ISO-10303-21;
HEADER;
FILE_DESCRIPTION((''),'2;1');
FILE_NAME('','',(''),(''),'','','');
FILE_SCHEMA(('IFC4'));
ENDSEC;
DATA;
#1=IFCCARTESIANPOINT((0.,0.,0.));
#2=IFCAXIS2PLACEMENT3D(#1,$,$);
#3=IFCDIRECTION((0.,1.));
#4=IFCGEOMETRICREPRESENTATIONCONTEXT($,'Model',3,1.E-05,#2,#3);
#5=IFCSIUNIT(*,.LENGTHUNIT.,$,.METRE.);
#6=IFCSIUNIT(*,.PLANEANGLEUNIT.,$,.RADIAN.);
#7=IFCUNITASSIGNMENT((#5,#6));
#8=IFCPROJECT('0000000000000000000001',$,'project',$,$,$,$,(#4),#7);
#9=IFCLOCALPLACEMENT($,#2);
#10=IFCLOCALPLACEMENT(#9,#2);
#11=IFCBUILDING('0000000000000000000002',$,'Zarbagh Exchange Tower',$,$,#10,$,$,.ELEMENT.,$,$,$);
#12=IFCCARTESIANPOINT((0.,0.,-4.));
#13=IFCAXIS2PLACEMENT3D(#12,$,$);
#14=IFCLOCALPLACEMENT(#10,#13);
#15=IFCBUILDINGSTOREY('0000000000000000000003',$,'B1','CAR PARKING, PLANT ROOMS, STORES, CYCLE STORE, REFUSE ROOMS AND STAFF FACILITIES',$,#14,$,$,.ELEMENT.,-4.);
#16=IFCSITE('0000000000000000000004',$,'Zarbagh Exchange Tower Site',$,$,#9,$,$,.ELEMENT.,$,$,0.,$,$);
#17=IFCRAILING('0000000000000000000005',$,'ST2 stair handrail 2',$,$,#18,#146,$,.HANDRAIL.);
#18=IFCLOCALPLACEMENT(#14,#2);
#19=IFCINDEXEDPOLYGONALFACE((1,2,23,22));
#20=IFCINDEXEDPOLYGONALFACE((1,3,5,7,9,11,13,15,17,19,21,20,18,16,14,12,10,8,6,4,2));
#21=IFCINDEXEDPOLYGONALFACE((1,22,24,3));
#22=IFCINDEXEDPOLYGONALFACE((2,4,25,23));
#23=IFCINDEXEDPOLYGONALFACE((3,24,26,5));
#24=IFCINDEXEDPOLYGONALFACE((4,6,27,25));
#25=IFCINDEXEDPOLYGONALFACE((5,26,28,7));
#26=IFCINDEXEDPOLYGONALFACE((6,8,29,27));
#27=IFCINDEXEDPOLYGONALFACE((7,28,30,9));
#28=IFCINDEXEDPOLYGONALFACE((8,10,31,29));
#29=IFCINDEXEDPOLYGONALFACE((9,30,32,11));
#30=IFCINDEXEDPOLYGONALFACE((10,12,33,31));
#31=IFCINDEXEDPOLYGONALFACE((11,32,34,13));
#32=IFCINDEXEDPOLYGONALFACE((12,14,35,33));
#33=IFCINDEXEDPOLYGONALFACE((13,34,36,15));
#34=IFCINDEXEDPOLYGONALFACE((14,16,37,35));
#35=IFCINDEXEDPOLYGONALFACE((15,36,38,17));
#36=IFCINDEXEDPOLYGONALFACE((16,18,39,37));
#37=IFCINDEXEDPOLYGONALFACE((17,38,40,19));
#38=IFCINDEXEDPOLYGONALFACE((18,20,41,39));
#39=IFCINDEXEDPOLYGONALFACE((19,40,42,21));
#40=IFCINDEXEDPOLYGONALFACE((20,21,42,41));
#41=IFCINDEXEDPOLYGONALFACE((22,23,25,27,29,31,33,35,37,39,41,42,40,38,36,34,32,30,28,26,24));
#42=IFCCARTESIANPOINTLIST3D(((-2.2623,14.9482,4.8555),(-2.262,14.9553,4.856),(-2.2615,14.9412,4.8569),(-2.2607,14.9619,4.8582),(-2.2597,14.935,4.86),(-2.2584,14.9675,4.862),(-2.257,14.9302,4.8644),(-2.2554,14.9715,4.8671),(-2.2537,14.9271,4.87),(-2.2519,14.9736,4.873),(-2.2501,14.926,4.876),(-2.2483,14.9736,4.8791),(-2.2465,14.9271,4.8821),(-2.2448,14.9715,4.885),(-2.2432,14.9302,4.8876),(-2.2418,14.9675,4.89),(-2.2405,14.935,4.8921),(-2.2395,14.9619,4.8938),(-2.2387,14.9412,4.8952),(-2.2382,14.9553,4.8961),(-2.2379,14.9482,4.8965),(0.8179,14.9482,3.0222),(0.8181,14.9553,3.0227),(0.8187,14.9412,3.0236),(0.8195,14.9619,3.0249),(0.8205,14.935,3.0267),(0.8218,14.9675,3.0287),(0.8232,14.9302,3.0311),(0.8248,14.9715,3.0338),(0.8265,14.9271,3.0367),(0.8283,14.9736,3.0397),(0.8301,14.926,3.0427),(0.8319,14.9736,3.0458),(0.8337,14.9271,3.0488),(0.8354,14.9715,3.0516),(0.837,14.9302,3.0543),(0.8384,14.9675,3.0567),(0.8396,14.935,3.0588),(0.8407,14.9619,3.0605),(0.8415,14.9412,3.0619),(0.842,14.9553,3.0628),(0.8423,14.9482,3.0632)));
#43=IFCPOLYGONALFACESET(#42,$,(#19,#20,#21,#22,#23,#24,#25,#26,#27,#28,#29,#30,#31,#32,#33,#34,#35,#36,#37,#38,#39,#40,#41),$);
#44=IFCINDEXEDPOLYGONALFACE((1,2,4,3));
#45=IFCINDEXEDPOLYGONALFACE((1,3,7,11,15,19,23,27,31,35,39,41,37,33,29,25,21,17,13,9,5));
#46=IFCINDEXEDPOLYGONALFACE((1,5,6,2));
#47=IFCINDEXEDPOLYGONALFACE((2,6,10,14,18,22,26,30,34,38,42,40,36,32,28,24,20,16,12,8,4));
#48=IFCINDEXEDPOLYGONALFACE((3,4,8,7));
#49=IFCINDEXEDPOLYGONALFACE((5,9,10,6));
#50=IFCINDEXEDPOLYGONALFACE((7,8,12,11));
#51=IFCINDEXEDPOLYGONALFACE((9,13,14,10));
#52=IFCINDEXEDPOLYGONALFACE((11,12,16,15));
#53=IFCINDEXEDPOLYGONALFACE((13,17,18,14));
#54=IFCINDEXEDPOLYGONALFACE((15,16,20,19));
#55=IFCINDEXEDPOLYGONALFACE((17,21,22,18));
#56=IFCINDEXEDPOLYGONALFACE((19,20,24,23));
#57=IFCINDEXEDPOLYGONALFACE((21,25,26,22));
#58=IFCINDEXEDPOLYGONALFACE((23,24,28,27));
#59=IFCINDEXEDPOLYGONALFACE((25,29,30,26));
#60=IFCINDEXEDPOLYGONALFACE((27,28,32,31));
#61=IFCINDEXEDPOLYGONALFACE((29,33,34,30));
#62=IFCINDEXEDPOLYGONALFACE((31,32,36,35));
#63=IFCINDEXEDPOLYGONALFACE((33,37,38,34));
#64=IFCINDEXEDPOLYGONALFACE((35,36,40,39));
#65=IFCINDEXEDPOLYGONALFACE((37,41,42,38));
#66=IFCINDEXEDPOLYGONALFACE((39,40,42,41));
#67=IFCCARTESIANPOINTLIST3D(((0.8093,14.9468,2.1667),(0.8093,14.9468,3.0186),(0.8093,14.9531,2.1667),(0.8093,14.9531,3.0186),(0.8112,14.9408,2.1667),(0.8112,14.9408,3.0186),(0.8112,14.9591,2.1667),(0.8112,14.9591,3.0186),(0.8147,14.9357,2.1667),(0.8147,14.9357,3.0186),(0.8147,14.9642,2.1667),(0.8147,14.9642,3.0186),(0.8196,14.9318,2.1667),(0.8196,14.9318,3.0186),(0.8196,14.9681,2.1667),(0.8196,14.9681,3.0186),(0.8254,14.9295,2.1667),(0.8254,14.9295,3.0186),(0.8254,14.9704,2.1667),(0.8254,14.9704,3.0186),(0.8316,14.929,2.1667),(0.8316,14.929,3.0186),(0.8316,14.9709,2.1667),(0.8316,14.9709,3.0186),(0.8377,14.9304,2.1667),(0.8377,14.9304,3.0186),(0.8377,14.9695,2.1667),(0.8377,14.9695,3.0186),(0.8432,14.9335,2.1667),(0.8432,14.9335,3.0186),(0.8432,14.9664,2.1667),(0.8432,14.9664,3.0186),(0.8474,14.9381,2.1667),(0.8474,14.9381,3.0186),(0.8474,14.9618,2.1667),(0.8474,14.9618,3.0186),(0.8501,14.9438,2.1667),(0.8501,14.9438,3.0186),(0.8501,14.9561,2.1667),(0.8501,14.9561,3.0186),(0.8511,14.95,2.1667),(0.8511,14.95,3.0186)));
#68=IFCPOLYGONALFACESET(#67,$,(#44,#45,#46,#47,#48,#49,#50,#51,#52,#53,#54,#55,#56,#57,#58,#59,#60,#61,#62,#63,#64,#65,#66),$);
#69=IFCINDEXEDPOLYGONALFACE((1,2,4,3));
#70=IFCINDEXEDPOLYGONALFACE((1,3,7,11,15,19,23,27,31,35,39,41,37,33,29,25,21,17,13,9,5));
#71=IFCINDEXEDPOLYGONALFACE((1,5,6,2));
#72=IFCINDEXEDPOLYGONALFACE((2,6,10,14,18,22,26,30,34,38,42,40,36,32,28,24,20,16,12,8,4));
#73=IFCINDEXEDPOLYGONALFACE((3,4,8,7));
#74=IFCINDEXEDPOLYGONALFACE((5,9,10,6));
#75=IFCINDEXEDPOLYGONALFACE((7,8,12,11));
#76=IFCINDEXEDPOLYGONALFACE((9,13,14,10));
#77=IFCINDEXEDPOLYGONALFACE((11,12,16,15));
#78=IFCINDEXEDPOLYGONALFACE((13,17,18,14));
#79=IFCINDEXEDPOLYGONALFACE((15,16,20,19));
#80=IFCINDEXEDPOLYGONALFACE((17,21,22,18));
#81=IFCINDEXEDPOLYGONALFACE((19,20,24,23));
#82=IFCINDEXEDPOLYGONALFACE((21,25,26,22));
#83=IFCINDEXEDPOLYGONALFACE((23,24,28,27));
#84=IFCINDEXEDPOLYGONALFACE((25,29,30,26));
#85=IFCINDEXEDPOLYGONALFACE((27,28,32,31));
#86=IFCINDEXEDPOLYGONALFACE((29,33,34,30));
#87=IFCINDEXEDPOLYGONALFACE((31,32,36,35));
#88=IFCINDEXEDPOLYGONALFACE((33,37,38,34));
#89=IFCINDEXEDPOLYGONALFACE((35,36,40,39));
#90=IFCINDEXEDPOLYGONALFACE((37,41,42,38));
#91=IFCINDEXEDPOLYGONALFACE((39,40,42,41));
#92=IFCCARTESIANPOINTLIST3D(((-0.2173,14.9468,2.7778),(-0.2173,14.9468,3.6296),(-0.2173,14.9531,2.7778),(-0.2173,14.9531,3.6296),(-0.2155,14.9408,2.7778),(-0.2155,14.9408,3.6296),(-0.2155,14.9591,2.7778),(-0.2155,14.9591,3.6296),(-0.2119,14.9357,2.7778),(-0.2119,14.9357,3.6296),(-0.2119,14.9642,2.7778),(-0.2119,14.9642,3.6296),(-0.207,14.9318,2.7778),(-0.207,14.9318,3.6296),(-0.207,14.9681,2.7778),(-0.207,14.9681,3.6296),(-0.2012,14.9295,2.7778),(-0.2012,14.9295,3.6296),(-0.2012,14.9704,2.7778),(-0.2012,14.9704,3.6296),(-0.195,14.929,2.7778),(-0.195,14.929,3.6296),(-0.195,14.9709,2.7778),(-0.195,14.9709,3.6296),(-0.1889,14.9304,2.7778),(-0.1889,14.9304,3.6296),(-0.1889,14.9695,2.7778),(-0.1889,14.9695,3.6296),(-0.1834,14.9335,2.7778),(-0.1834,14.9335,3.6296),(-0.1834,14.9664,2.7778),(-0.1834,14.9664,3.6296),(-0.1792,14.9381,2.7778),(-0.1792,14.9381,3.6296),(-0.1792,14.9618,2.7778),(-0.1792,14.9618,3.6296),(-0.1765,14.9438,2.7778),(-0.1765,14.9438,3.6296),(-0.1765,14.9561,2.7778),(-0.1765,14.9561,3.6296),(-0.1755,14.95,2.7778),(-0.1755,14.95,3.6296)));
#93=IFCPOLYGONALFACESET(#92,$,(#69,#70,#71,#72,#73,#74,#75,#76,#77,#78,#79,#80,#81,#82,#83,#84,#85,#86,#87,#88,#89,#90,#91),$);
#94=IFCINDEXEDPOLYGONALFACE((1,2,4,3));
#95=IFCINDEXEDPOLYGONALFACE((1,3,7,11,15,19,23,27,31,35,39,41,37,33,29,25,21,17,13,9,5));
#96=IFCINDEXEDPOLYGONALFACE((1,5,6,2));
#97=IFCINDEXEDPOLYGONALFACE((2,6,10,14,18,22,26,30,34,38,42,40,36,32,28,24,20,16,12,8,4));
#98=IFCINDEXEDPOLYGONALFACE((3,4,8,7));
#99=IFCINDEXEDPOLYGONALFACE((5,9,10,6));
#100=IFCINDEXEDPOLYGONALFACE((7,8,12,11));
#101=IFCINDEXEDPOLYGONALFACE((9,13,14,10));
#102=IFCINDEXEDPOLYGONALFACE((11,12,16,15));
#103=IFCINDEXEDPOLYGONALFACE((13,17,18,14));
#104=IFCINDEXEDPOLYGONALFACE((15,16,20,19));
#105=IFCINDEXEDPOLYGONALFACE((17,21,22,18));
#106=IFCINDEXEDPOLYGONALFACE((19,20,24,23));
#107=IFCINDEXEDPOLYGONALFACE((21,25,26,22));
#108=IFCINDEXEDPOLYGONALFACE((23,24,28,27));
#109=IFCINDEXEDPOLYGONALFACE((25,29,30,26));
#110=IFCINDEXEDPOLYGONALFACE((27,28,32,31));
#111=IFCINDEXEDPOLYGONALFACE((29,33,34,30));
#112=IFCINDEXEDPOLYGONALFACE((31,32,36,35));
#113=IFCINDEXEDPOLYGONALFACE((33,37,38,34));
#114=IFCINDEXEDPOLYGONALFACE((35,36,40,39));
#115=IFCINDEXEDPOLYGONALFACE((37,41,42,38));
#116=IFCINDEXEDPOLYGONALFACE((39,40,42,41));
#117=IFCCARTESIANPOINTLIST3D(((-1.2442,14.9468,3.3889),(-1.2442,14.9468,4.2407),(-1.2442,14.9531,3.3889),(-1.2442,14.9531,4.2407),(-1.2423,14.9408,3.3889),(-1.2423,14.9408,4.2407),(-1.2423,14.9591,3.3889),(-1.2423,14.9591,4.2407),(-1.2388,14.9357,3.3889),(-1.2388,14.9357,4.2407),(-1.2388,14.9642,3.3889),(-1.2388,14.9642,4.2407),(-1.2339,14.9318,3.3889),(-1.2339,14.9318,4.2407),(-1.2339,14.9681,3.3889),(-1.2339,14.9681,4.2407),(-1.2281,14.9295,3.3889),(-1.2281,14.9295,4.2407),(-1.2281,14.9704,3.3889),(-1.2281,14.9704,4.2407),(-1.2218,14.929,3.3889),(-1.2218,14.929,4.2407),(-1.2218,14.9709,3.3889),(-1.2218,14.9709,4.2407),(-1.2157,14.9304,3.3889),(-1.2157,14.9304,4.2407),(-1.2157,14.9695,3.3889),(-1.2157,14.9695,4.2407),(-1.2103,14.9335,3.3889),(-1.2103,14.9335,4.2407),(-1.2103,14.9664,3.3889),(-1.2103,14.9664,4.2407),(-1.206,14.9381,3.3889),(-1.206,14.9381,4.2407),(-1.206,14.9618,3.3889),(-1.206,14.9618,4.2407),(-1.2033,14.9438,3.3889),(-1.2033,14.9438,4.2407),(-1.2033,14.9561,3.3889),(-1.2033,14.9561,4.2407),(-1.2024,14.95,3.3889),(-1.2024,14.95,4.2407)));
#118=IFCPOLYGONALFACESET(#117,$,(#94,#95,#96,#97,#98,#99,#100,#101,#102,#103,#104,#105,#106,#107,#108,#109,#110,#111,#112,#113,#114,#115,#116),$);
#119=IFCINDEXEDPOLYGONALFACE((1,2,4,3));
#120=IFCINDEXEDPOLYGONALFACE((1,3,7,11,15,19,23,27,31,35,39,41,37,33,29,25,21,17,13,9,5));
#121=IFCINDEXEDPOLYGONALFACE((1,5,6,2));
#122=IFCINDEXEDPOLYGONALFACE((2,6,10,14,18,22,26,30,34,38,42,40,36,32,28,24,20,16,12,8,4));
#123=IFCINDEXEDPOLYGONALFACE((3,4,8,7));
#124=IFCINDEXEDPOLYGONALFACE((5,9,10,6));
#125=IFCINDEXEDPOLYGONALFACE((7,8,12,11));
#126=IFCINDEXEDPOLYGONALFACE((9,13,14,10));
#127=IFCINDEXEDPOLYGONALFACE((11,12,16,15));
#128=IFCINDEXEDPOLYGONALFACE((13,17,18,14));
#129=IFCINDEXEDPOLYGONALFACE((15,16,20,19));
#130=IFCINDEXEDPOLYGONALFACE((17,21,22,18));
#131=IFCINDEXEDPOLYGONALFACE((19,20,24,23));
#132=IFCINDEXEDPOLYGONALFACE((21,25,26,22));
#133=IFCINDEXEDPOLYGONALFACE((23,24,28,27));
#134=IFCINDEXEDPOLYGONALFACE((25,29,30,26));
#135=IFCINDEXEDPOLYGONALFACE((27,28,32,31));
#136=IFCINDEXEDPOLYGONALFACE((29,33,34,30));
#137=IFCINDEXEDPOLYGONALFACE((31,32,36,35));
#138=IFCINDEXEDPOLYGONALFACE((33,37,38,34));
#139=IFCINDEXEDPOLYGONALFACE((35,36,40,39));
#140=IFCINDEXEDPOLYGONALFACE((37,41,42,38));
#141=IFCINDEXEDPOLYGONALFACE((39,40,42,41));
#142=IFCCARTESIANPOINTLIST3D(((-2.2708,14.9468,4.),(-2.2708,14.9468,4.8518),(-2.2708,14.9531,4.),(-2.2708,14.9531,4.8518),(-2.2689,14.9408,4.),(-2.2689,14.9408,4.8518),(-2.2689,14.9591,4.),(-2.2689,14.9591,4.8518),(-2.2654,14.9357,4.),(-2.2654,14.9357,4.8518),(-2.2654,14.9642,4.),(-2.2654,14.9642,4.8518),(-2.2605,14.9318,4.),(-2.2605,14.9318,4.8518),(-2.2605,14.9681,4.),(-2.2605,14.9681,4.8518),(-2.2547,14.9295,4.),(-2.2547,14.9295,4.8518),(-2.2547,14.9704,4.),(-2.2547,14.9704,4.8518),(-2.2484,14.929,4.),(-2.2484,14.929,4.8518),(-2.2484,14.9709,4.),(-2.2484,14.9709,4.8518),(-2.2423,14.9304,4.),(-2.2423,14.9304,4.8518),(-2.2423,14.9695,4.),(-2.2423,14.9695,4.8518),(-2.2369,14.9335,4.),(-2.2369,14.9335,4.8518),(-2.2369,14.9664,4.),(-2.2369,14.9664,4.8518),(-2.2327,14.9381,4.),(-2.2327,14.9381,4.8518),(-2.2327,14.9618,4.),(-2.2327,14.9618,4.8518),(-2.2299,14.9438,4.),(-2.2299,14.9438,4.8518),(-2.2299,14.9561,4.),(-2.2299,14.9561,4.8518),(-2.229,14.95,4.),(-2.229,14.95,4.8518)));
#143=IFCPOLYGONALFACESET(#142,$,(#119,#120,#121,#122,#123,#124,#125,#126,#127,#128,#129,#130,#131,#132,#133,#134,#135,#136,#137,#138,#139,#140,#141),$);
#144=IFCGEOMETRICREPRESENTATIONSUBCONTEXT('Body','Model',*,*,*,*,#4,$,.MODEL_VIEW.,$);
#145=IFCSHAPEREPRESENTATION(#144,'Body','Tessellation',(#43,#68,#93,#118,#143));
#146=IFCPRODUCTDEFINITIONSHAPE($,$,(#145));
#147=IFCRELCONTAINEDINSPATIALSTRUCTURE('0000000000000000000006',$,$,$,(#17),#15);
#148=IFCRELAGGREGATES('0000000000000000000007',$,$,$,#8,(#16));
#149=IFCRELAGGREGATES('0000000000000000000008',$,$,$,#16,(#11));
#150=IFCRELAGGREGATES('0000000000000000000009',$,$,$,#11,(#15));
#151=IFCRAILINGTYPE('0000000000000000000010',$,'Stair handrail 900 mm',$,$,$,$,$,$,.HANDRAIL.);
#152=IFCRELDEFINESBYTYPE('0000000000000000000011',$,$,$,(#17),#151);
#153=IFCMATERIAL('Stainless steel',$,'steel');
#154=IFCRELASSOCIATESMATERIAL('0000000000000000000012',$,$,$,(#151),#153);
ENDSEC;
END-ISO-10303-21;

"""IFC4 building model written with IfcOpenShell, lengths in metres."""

from ifc_helpers import new_model, si_unit, direction, frame, origin, origin_2d, place, context, subcontext, project, spatial, circle, extrude, material, type_object, element, save


model = new_model("IFC4")

# Units and contexts
model_context = context("Model", 3, precision=1e-05, world=origin(), true_north=direction((0.0, 1.0)))
body_context = subcontext(model_context, "Body", "Model", "MODEL_VIEW")
ifc_project = project(units=[si_unit("LENGTHUNIT", "METRE"), si_unit("PLANEANGLEUNIT", "RADIAN")], contexts=[model_context])

# Site, building, storey
site_placement = place(None, origin())
site = spatial("IfcSite", under=ifc_project, at=site_placement, Name="Zarbagh Exchange Tower Site", CompositionType="ELEMENT", RefElevation=0.0)
building_placement = place(site_placement, origin())
building = spatial("IfcBuilding", under=site, at=building_placement, Name="Zarbagh Exchange Tower", CompositionType="ELEMENT")
storey_placement = place(building_placement, frame((0.0, 0.0, -4.0)))
storey = spatial("IfcBuildingStorey", under=building, at=storey_placement, Name="B1", Description="CAR PARKING, PLANT ROOMS, STORES, CYCLE STORE, REFUSE ROOMS AND STAFF FACILITIES", CompositionType="ELEMENT", Elevation=-4.0)

# Shared definitions
ifc_material_1 = material(Name="Stainless steel", Category="steel")

# Railing
railing_type_1 = type_object("IfcRailingType", Name="Stair handrail 900 mm", PredefinedType="HANDRAIL", material=ifc_material_1)
for number, where, name in (
    (1, (0.8301, 14.95, 2.1667), "ST2 stair handrail 2"),
):
    element("IfcRailing", number, at=place(storey_placement, frame(where)), inside=storey, type_object=railing_type_1, Name=name, PredefinedType="HANDRAIL", context=body_context, shape_type="SweptSolid", body=[
        extrude(circle(Radius=0.0239, at=origin_2d()), frame((0.0, 0.0, 0.876), z_axis=(-0.859309, 0.0, 0.511458), x_axis=(0.0, -1.0, 0.0)), (0.0, 0.0, 1.0), 3.5845),
        extrude(circle(Radius=0.021, at=origin_2d()), origin(), (0.0, 0.0, 1.0), 0.8518),
        extrude(circle(Radius=0.021, at=origin_2d()), frame((-1.0266, 0.0, 0.6111)), (0.0, 0.0, 1.0), 0.8518),
        extrude(circle(Radius=0.021, at=origin_2d()), frame((-2.0535, 0.0, 1.2222)), (0.0, 0.0, 1.0), 0.8518),
        extrude(circle(Radius=0.021, at=origin_2d()), frame((-3.0801, 0.0, 1.8333)), (0.0, 0.0, 1.0), 0.8518),
    ])

save(model, "model.ifc")
